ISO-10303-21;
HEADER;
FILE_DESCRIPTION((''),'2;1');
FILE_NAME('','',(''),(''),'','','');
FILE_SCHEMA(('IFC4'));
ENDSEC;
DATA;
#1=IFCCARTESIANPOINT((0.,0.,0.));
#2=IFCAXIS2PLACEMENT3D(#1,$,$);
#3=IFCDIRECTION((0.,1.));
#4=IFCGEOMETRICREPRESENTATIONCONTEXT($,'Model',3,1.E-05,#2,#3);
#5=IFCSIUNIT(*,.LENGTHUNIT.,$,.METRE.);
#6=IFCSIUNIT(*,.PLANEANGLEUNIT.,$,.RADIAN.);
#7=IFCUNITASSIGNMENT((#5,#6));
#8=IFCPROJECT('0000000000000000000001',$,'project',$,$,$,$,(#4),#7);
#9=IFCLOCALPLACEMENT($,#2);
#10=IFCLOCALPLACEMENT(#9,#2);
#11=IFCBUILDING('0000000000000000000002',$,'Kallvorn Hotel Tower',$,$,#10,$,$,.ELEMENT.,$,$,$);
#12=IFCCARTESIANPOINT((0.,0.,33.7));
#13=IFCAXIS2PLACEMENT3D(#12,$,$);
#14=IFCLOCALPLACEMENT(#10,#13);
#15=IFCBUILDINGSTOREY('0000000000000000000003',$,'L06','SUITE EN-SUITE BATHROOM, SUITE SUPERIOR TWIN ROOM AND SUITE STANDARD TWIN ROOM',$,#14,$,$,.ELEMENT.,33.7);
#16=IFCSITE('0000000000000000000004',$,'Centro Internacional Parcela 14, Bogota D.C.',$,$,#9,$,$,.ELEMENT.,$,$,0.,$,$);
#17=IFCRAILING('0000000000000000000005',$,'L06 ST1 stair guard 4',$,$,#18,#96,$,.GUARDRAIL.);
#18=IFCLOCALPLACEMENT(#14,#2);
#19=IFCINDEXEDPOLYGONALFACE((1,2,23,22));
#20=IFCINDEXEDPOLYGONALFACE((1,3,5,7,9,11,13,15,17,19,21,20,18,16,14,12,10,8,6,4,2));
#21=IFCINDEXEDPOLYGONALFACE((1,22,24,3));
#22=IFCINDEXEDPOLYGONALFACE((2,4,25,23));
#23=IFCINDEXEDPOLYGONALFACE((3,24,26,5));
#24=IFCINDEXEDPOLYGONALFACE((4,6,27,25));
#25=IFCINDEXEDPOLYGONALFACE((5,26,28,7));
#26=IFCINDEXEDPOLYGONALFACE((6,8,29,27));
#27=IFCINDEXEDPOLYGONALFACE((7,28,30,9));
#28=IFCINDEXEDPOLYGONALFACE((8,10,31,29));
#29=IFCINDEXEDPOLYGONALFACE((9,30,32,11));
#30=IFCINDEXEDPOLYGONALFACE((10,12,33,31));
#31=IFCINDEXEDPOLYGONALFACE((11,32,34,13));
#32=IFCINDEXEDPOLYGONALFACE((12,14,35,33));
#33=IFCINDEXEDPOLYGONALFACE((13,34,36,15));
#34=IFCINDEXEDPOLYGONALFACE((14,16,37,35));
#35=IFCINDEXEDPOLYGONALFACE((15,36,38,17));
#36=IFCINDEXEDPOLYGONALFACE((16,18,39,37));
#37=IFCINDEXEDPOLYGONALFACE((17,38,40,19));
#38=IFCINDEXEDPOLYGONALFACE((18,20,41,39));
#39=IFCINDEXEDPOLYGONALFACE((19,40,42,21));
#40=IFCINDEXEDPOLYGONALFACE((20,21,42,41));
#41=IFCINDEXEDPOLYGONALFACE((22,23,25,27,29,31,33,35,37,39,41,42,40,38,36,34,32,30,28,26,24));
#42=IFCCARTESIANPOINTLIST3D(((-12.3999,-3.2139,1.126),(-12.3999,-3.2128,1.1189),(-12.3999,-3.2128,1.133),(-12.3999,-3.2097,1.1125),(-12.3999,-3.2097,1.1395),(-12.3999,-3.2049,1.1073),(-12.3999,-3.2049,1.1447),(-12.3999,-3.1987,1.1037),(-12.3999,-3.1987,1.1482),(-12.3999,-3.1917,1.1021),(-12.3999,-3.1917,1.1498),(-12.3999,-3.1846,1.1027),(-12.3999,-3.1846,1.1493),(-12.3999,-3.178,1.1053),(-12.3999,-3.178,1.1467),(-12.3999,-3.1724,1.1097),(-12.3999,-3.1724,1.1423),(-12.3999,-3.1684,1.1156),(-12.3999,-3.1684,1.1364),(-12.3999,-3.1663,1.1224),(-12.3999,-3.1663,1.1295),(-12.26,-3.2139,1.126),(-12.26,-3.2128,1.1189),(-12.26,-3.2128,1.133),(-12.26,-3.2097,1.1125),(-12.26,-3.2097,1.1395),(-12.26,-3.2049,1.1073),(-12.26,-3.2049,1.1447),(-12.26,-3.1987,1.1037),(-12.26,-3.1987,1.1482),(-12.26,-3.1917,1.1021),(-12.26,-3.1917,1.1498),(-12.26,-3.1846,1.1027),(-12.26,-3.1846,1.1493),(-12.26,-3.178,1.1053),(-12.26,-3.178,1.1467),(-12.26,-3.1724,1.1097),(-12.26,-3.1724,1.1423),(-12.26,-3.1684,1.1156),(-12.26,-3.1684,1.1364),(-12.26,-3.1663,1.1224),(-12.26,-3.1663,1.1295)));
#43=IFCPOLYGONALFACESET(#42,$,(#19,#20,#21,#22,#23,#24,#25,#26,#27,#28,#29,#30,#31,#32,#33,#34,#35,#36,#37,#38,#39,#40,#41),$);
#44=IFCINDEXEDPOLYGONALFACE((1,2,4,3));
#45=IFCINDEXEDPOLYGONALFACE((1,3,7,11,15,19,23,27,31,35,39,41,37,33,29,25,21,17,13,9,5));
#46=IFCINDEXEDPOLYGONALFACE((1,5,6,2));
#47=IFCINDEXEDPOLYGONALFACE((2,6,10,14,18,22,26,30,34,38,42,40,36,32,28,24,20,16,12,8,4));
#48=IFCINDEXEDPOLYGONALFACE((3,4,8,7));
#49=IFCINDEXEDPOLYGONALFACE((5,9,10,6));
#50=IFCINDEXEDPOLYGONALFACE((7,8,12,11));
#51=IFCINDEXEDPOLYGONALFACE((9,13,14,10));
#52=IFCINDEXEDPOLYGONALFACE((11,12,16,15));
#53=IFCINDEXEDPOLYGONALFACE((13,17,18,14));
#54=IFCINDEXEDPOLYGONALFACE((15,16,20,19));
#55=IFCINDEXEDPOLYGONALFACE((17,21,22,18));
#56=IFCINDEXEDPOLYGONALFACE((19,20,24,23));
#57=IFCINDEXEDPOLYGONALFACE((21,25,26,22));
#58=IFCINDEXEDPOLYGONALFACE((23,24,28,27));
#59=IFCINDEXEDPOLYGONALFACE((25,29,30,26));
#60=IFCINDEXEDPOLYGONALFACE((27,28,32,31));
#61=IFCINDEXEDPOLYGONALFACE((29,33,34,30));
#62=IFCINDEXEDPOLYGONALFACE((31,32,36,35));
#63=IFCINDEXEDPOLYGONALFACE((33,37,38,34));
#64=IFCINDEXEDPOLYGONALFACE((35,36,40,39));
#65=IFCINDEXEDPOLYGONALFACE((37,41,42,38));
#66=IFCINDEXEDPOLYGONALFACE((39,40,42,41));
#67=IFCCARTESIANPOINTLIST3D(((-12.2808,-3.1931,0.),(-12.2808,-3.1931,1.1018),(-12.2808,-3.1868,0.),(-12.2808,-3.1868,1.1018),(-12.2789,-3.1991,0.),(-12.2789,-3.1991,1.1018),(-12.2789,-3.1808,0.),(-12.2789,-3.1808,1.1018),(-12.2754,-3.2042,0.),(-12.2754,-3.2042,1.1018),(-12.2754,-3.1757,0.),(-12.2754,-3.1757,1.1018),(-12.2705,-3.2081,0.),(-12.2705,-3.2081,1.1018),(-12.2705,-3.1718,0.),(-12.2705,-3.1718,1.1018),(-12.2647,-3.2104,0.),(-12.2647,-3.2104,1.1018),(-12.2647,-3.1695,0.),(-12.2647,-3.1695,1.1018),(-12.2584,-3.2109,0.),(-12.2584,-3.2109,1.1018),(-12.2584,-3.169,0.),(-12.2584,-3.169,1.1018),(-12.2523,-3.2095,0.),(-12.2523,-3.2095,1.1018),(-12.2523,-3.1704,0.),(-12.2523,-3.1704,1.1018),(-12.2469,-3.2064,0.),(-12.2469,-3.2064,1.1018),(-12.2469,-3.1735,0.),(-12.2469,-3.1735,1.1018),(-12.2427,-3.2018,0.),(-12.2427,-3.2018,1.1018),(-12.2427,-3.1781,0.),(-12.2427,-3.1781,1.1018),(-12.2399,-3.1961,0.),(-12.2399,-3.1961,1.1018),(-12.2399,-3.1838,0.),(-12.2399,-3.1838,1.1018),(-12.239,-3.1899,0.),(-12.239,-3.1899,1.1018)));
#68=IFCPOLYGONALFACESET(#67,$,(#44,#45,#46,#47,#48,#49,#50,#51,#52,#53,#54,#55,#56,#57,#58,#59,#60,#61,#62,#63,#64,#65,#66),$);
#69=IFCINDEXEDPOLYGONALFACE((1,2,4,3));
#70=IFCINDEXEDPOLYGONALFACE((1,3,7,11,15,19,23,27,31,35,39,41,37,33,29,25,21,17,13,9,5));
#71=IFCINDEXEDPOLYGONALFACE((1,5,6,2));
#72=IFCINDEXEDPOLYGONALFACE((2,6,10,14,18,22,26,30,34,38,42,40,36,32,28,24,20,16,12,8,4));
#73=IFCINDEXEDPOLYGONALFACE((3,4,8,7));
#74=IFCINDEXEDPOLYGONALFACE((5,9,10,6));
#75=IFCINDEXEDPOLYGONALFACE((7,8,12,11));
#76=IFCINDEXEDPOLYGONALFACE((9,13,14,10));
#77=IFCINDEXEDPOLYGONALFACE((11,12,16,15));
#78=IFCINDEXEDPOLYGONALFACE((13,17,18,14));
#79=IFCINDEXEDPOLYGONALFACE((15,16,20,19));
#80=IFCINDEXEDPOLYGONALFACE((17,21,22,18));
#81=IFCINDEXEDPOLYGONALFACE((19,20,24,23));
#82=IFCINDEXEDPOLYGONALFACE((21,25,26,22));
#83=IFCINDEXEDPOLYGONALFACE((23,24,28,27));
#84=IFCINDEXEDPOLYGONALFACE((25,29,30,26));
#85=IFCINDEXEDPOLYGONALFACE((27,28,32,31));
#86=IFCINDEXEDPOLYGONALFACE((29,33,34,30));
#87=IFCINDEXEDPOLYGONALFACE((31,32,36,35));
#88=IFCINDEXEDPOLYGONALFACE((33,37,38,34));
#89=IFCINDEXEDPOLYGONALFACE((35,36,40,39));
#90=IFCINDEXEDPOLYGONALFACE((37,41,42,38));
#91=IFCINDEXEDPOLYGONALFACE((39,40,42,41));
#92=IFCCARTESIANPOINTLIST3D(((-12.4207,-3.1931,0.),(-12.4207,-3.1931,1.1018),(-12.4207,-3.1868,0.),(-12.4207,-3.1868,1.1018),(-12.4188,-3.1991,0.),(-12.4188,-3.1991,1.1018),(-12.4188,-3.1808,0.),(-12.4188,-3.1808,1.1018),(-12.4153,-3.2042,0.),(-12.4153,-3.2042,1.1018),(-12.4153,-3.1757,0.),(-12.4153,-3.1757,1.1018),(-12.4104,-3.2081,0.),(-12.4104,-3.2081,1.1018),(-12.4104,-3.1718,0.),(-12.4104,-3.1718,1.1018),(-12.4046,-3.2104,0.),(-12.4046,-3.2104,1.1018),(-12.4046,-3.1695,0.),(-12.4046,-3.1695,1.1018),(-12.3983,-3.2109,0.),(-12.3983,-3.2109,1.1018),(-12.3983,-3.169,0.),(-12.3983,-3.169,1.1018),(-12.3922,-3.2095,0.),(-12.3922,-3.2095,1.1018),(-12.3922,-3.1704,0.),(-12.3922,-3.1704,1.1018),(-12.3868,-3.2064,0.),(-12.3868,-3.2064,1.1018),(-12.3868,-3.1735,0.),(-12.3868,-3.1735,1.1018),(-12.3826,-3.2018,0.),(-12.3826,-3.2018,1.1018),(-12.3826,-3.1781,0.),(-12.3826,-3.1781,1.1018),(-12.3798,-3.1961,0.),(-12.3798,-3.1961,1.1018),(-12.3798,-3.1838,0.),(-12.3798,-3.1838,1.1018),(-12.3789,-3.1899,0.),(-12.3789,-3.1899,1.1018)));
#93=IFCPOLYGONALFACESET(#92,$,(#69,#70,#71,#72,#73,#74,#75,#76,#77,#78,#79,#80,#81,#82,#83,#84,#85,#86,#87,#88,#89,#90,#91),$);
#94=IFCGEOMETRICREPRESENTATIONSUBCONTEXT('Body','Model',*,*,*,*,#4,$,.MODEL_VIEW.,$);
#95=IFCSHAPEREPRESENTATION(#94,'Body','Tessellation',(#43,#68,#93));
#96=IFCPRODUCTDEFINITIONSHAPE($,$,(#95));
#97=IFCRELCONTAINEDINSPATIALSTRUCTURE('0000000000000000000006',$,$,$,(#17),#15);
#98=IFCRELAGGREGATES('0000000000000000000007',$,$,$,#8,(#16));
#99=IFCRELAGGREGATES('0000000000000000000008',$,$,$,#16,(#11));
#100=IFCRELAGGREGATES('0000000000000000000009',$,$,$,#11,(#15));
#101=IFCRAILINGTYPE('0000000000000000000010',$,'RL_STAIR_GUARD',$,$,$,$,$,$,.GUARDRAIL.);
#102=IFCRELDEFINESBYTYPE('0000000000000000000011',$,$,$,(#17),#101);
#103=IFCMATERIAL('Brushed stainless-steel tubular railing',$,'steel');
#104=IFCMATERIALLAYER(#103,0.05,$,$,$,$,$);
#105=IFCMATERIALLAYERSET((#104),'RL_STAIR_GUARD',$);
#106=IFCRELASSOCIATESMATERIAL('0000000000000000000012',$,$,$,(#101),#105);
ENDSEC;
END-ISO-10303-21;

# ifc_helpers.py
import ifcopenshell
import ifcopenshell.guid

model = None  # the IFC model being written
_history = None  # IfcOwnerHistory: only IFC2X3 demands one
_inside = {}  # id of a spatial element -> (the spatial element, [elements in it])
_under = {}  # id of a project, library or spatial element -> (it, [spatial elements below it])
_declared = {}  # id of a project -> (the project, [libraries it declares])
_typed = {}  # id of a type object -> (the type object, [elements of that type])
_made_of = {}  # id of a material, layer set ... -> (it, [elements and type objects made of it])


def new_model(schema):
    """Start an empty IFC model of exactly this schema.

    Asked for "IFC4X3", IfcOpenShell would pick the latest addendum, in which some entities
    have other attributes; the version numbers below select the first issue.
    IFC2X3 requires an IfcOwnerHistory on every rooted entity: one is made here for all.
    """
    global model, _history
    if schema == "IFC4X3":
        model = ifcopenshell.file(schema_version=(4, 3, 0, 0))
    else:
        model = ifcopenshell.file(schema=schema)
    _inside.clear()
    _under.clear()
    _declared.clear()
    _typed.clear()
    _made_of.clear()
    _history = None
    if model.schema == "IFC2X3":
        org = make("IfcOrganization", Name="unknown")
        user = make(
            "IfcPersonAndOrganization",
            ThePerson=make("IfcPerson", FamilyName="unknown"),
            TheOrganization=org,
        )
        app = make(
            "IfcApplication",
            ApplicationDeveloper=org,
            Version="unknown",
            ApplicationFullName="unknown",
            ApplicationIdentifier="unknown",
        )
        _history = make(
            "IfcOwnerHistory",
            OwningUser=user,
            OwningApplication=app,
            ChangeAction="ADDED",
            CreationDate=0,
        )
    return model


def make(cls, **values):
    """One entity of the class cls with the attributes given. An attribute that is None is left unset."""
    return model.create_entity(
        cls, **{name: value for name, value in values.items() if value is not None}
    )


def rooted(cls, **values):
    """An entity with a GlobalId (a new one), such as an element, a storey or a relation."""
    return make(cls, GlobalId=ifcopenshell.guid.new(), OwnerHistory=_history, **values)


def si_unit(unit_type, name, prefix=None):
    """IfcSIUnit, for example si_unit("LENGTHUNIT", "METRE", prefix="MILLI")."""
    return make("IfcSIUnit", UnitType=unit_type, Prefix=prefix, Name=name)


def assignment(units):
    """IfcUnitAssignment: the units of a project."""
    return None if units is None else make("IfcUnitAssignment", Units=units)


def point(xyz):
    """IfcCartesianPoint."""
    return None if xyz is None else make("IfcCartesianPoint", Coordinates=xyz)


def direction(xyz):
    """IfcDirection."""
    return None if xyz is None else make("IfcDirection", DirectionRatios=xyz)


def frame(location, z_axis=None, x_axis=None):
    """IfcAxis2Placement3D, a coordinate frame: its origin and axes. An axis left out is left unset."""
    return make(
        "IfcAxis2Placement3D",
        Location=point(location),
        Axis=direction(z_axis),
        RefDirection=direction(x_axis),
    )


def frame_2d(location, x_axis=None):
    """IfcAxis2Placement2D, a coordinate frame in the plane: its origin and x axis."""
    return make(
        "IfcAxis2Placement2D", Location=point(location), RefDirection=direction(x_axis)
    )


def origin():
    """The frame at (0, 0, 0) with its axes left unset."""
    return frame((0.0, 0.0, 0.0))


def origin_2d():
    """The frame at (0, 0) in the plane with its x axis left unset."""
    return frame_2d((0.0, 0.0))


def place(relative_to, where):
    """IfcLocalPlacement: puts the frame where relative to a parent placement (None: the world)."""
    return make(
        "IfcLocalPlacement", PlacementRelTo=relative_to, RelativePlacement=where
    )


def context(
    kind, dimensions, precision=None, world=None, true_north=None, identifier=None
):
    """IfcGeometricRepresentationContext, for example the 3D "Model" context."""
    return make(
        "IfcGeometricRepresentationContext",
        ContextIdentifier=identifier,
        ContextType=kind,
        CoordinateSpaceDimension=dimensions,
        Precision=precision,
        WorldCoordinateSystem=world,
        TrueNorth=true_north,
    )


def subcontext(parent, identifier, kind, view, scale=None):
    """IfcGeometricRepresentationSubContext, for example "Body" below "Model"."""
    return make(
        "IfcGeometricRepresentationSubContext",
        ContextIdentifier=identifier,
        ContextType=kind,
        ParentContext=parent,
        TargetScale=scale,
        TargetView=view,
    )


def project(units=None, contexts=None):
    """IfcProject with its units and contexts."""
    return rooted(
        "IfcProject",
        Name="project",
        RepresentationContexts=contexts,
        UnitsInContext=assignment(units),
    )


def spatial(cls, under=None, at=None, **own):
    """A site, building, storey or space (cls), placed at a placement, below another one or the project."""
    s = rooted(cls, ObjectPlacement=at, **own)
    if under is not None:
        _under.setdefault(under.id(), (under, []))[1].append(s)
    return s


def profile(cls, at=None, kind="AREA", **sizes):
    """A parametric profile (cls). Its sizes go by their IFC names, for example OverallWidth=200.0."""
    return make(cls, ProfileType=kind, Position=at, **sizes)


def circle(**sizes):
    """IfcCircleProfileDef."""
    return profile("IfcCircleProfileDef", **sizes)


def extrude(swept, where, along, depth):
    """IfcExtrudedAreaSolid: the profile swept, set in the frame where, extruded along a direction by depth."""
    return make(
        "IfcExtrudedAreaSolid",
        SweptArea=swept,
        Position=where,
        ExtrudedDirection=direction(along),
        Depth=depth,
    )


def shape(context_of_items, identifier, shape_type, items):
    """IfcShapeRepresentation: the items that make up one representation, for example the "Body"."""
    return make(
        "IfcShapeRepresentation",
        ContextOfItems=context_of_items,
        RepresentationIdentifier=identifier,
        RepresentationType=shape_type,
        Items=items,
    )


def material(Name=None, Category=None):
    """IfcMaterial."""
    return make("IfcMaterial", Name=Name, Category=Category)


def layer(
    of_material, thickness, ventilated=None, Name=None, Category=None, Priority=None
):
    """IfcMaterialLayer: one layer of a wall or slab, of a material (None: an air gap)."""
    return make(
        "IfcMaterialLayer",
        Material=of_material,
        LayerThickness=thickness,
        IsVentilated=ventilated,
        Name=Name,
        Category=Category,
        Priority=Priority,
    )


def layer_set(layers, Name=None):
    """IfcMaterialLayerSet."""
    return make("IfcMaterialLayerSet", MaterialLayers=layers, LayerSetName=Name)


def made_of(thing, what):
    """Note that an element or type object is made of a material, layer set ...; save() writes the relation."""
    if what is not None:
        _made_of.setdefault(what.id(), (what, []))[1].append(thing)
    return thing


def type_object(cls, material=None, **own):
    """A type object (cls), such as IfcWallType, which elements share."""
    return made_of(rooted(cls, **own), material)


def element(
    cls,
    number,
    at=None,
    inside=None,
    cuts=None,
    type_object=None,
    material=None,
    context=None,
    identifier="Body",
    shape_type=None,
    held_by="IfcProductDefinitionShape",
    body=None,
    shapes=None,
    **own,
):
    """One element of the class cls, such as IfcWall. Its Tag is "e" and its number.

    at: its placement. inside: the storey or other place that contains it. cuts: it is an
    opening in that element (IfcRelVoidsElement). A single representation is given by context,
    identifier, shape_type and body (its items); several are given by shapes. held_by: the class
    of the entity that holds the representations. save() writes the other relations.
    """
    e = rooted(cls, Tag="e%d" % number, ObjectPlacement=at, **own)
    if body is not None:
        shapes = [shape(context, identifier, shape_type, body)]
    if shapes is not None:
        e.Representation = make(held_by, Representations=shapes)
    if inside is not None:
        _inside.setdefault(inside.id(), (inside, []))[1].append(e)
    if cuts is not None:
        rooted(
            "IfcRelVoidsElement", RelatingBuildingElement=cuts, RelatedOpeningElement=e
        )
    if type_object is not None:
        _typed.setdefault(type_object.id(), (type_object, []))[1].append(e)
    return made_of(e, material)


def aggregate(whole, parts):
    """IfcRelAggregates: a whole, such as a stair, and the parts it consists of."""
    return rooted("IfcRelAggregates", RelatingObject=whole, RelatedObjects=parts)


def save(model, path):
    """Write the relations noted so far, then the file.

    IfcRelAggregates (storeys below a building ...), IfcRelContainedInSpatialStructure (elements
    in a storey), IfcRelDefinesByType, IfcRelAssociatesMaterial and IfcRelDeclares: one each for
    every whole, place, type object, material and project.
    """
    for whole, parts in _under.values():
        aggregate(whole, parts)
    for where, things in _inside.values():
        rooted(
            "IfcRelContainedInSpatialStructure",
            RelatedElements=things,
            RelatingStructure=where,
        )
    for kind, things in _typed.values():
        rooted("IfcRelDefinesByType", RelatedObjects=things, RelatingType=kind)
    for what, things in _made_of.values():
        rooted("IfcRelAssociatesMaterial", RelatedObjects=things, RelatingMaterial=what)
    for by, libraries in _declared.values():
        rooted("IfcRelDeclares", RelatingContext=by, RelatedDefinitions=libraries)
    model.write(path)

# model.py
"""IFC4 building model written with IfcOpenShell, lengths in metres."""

from ifc_helpers import new_model, si_unit, direction, frame, origin, origin_2d, place, context, subcontext, project, spatial, circle, extrude, material, layer, layer_set, type_object, element, save


model = new_model("IFC4")

# Units and contexts
model_context = context("Model", 3, precision=1e-05, world=origin(), true_north=direction((0.0, 1.0)))
body_context = subcontext(model_context, "Body", "Model", "MODEL_VIEW")
ifc_project = project(units=[si_unit("LENGTHUNIT", "METRE"), si_unit("PLANEANGLEUNIT", "RADIAN")], contexts=[model_context])

# Site, building, storey
site_placement = place(None, origin())
site = spatial("IfcSite", under=ifc_project, at=site_placement, Name="Centro Internacional Parcela 14, Bogota D.C.", CompositionType="ELEMENT", RefElevation=0.0)
building_placement = place(site_placement, origin())
building = spatial("IfcBuilding", under=site, at=building_placement, Name="Kallvorn Hotel Tower", CompositionType="ELEMENT")
storey_placement = place(building_placement, frame((0.0, 0.0, 33.7)))
storey = spatial("IfcBuildingStorey", under=building, at=storey_placement, Name="L06", Description="SUITE EN-SUITE BATHROOM, SUITE SUPERIOR TWIN ROOM AND SUITE STANDARD TWIN ROOM", CompositionType="ELEMENT", Elevation=33.7)

# Railing
ifc_material_1 = material(Name="Brushed stainless-steel tubular railing", Category="steel")
ifc_layer_1 = layer(ifc_material_1, 0.05)
ifc_layer_set_1 = layer_set([ifc_layer_1], Name="RL_STAIR_GUARD")
railing_type = type_object("IfcRailingType", Name="RL_STAIR_GUARD", PredefinedType="GUARDRAIL", material=ifc_layer_set_1)
railing_1_placement = place(storey_placement, frame((-12.26, -3.1899, 0.0)))
element("IfcRailing", 1, at=railing_1_placement, inside=storey, type_object=railing_type, Name="L06 ST1 stair guard 4", PredefinedType="GUARDRAIL", context=body_context, shape_type="SweptSolid", body=[
    extrude(circle(Radius=0.0239, at=origin_2d()), frame((0.0, 0.0, 1.126), z_axis=(-1.0, 0.0, 0.0), x_axis=(0.0, -1.0, 0.0)), (0.0, 0.0, 1.0), 0.1399),
    extrude(circle(Radius=0.021, at=origin_2d()), origin(), (0.0, 0.0, 1.0), 1.1018),
    extrude(circle(Radius=0.021, at=origin_2d()), frame((-0.1399, 0.0, 0.0)), (0.0, 0.0, 1.0), 1.1018),
])

save(model, "model.ifc")
